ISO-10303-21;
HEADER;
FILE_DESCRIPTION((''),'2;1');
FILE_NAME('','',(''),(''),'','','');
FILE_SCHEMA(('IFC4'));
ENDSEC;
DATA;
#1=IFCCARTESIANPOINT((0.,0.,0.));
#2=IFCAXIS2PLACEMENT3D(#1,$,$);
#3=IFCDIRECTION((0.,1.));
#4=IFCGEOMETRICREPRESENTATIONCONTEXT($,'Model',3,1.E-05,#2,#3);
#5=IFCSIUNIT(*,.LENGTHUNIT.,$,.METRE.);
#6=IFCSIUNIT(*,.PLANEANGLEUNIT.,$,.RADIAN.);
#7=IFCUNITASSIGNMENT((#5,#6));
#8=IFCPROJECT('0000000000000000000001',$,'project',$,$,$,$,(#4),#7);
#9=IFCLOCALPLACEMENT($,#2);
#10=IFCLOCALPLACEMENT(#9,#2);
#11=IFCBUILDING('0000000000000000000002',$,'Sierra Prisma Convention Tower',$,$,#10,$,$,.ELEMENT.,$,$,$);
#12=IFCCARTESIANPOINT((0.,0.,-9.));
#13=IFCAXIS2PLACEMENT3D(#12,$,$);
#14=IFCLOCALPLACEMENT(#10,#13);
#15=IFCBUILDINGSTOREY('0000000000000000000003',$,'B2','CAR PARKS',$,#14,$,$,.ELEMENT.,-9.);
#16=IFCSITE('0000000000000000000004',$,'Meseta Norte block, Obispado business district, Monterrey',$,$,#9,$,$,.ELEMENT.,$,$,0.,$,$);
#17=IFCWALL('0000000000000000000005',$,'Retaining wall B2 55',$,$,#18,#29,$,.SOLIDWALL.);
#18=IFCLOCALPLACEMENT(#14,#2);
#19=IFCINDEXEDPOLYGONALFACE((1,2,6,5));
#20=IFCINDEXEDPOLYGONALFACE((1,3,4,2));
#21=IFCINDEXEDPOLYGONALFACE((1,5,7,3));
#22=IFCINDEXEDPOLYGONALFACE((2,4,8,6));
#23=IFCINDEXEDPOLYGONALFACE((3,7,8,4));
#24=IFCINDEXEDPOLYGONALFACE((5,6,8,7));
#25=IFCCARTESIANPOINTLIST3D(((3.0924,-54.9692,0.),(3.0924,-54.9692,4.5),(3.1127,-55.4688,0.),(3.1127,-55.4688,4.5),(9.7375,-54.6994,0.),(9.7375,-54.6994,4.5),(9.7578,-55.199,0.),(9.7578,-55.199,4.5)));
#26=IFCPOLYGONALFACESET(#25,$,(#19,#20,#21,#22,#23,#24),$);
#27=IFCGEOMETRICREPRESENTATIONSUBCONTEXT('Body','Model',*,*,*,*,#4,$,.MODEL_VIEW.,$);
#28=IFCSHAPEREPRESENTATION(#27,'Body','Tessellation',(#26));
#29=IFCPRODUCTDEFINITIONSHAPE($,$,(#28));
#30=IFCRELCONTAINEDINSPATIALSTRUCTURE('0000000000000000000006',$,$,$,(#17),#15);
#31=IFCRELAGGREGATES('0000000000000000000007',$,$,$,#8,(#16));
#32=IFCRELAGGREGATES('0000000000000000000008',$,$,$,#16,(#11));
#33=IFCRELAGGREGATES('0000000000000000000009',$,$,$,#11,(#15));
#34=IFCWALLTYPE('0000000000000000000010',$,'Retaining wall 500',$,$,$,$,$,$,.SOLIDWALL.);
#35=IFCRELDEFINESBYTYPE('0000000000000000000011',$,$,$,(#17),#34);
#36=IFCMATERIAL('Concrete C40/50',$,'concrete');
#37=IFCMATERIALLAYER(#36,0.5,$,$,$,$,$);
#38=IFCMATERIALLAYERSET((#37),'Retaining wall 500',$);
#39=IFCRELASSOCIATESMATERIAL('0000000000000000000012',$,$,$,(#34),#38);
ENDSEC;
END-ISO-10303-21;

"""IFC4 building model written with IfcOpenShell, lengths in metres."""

from ifc_helpers import new_model, si_unit, direction, frame, frame_2d, origin, place, context, subcontext, project, spatial, rectangle, extrude, material, layer, layer_set, type_object, element, save


model = new_model("IFC4")

# Units and contexts
model_context = context("Model", 3, precision=1e-05, world=origin(), true_north=direction((0.0, 1.0)))
body_context = subcontext(model_context, "Body", "Model", "MODEL_VIEW")
ifc_project = project(units=[si_unit("LENGTHUNIT", "METRE"), si_unit("PLANEANGLEUNIT", "RADIAN")], contexts=[model_context])

# Site, building, storey
site_placement = place(None, origin())
site = spatial("IfcSite", under=ifc_project, at=site_placement, Name="Meseta Norte block, Obispado business district, Monterrey", CompositionType="ELEMENT", RefElevation=0.0)
building_placement = place(site_placement, origin())
building = spatial("IfcBuilding", under=site, at=building_placement, Name="Sierra Prisma Convention Tower", CompositionType="ELEMENT")
storey_placement = place(building_placement, frame((0.0, 0.0, -9.0)))
storey = spatial("IfcBuildingStorey", under=building, at=storey_placement, Name="B2", Description="CAR PARKS", CompositionType="ELEMENT", Elevation=-9.0)

# Wall
ifc_material_1 = material(Name="Concrete C40/50", Category="concrete")
ifc_layer = layer(ifc_material_1, 0.5)
ifc_layer_set = layer_set([ifc_layer], Name="Retaining wall 500")
wall_type = type_object("IfcWallType", Name="Retaining wall 500", PredefinedType="SOLIDWALL", material=ifc_layer_set)
wall_1_placement = place(storey_placement, frame((9.7476, -54.9492, 0.0), z_axis=(0.0, 0.0, 1.0), x_axis=(-0.999177, -0.040563, 0.0)))
element("IfcWall", 1, at=wall_1_placement, inside=storey, type_object=wall_type, Name="Retaining wall B2 55", PredefinedType="SOLIDWALL", context=body_context, shape_type="SweptSolid", body=[
    extrude(rectangle(XDim=6.6506, YDim=0.5, at=frame_2d((3.3252, 0.0))), origin(), (0.0, 0.0, 1.0), 4.5),
])

save(model, "model.ifc")
